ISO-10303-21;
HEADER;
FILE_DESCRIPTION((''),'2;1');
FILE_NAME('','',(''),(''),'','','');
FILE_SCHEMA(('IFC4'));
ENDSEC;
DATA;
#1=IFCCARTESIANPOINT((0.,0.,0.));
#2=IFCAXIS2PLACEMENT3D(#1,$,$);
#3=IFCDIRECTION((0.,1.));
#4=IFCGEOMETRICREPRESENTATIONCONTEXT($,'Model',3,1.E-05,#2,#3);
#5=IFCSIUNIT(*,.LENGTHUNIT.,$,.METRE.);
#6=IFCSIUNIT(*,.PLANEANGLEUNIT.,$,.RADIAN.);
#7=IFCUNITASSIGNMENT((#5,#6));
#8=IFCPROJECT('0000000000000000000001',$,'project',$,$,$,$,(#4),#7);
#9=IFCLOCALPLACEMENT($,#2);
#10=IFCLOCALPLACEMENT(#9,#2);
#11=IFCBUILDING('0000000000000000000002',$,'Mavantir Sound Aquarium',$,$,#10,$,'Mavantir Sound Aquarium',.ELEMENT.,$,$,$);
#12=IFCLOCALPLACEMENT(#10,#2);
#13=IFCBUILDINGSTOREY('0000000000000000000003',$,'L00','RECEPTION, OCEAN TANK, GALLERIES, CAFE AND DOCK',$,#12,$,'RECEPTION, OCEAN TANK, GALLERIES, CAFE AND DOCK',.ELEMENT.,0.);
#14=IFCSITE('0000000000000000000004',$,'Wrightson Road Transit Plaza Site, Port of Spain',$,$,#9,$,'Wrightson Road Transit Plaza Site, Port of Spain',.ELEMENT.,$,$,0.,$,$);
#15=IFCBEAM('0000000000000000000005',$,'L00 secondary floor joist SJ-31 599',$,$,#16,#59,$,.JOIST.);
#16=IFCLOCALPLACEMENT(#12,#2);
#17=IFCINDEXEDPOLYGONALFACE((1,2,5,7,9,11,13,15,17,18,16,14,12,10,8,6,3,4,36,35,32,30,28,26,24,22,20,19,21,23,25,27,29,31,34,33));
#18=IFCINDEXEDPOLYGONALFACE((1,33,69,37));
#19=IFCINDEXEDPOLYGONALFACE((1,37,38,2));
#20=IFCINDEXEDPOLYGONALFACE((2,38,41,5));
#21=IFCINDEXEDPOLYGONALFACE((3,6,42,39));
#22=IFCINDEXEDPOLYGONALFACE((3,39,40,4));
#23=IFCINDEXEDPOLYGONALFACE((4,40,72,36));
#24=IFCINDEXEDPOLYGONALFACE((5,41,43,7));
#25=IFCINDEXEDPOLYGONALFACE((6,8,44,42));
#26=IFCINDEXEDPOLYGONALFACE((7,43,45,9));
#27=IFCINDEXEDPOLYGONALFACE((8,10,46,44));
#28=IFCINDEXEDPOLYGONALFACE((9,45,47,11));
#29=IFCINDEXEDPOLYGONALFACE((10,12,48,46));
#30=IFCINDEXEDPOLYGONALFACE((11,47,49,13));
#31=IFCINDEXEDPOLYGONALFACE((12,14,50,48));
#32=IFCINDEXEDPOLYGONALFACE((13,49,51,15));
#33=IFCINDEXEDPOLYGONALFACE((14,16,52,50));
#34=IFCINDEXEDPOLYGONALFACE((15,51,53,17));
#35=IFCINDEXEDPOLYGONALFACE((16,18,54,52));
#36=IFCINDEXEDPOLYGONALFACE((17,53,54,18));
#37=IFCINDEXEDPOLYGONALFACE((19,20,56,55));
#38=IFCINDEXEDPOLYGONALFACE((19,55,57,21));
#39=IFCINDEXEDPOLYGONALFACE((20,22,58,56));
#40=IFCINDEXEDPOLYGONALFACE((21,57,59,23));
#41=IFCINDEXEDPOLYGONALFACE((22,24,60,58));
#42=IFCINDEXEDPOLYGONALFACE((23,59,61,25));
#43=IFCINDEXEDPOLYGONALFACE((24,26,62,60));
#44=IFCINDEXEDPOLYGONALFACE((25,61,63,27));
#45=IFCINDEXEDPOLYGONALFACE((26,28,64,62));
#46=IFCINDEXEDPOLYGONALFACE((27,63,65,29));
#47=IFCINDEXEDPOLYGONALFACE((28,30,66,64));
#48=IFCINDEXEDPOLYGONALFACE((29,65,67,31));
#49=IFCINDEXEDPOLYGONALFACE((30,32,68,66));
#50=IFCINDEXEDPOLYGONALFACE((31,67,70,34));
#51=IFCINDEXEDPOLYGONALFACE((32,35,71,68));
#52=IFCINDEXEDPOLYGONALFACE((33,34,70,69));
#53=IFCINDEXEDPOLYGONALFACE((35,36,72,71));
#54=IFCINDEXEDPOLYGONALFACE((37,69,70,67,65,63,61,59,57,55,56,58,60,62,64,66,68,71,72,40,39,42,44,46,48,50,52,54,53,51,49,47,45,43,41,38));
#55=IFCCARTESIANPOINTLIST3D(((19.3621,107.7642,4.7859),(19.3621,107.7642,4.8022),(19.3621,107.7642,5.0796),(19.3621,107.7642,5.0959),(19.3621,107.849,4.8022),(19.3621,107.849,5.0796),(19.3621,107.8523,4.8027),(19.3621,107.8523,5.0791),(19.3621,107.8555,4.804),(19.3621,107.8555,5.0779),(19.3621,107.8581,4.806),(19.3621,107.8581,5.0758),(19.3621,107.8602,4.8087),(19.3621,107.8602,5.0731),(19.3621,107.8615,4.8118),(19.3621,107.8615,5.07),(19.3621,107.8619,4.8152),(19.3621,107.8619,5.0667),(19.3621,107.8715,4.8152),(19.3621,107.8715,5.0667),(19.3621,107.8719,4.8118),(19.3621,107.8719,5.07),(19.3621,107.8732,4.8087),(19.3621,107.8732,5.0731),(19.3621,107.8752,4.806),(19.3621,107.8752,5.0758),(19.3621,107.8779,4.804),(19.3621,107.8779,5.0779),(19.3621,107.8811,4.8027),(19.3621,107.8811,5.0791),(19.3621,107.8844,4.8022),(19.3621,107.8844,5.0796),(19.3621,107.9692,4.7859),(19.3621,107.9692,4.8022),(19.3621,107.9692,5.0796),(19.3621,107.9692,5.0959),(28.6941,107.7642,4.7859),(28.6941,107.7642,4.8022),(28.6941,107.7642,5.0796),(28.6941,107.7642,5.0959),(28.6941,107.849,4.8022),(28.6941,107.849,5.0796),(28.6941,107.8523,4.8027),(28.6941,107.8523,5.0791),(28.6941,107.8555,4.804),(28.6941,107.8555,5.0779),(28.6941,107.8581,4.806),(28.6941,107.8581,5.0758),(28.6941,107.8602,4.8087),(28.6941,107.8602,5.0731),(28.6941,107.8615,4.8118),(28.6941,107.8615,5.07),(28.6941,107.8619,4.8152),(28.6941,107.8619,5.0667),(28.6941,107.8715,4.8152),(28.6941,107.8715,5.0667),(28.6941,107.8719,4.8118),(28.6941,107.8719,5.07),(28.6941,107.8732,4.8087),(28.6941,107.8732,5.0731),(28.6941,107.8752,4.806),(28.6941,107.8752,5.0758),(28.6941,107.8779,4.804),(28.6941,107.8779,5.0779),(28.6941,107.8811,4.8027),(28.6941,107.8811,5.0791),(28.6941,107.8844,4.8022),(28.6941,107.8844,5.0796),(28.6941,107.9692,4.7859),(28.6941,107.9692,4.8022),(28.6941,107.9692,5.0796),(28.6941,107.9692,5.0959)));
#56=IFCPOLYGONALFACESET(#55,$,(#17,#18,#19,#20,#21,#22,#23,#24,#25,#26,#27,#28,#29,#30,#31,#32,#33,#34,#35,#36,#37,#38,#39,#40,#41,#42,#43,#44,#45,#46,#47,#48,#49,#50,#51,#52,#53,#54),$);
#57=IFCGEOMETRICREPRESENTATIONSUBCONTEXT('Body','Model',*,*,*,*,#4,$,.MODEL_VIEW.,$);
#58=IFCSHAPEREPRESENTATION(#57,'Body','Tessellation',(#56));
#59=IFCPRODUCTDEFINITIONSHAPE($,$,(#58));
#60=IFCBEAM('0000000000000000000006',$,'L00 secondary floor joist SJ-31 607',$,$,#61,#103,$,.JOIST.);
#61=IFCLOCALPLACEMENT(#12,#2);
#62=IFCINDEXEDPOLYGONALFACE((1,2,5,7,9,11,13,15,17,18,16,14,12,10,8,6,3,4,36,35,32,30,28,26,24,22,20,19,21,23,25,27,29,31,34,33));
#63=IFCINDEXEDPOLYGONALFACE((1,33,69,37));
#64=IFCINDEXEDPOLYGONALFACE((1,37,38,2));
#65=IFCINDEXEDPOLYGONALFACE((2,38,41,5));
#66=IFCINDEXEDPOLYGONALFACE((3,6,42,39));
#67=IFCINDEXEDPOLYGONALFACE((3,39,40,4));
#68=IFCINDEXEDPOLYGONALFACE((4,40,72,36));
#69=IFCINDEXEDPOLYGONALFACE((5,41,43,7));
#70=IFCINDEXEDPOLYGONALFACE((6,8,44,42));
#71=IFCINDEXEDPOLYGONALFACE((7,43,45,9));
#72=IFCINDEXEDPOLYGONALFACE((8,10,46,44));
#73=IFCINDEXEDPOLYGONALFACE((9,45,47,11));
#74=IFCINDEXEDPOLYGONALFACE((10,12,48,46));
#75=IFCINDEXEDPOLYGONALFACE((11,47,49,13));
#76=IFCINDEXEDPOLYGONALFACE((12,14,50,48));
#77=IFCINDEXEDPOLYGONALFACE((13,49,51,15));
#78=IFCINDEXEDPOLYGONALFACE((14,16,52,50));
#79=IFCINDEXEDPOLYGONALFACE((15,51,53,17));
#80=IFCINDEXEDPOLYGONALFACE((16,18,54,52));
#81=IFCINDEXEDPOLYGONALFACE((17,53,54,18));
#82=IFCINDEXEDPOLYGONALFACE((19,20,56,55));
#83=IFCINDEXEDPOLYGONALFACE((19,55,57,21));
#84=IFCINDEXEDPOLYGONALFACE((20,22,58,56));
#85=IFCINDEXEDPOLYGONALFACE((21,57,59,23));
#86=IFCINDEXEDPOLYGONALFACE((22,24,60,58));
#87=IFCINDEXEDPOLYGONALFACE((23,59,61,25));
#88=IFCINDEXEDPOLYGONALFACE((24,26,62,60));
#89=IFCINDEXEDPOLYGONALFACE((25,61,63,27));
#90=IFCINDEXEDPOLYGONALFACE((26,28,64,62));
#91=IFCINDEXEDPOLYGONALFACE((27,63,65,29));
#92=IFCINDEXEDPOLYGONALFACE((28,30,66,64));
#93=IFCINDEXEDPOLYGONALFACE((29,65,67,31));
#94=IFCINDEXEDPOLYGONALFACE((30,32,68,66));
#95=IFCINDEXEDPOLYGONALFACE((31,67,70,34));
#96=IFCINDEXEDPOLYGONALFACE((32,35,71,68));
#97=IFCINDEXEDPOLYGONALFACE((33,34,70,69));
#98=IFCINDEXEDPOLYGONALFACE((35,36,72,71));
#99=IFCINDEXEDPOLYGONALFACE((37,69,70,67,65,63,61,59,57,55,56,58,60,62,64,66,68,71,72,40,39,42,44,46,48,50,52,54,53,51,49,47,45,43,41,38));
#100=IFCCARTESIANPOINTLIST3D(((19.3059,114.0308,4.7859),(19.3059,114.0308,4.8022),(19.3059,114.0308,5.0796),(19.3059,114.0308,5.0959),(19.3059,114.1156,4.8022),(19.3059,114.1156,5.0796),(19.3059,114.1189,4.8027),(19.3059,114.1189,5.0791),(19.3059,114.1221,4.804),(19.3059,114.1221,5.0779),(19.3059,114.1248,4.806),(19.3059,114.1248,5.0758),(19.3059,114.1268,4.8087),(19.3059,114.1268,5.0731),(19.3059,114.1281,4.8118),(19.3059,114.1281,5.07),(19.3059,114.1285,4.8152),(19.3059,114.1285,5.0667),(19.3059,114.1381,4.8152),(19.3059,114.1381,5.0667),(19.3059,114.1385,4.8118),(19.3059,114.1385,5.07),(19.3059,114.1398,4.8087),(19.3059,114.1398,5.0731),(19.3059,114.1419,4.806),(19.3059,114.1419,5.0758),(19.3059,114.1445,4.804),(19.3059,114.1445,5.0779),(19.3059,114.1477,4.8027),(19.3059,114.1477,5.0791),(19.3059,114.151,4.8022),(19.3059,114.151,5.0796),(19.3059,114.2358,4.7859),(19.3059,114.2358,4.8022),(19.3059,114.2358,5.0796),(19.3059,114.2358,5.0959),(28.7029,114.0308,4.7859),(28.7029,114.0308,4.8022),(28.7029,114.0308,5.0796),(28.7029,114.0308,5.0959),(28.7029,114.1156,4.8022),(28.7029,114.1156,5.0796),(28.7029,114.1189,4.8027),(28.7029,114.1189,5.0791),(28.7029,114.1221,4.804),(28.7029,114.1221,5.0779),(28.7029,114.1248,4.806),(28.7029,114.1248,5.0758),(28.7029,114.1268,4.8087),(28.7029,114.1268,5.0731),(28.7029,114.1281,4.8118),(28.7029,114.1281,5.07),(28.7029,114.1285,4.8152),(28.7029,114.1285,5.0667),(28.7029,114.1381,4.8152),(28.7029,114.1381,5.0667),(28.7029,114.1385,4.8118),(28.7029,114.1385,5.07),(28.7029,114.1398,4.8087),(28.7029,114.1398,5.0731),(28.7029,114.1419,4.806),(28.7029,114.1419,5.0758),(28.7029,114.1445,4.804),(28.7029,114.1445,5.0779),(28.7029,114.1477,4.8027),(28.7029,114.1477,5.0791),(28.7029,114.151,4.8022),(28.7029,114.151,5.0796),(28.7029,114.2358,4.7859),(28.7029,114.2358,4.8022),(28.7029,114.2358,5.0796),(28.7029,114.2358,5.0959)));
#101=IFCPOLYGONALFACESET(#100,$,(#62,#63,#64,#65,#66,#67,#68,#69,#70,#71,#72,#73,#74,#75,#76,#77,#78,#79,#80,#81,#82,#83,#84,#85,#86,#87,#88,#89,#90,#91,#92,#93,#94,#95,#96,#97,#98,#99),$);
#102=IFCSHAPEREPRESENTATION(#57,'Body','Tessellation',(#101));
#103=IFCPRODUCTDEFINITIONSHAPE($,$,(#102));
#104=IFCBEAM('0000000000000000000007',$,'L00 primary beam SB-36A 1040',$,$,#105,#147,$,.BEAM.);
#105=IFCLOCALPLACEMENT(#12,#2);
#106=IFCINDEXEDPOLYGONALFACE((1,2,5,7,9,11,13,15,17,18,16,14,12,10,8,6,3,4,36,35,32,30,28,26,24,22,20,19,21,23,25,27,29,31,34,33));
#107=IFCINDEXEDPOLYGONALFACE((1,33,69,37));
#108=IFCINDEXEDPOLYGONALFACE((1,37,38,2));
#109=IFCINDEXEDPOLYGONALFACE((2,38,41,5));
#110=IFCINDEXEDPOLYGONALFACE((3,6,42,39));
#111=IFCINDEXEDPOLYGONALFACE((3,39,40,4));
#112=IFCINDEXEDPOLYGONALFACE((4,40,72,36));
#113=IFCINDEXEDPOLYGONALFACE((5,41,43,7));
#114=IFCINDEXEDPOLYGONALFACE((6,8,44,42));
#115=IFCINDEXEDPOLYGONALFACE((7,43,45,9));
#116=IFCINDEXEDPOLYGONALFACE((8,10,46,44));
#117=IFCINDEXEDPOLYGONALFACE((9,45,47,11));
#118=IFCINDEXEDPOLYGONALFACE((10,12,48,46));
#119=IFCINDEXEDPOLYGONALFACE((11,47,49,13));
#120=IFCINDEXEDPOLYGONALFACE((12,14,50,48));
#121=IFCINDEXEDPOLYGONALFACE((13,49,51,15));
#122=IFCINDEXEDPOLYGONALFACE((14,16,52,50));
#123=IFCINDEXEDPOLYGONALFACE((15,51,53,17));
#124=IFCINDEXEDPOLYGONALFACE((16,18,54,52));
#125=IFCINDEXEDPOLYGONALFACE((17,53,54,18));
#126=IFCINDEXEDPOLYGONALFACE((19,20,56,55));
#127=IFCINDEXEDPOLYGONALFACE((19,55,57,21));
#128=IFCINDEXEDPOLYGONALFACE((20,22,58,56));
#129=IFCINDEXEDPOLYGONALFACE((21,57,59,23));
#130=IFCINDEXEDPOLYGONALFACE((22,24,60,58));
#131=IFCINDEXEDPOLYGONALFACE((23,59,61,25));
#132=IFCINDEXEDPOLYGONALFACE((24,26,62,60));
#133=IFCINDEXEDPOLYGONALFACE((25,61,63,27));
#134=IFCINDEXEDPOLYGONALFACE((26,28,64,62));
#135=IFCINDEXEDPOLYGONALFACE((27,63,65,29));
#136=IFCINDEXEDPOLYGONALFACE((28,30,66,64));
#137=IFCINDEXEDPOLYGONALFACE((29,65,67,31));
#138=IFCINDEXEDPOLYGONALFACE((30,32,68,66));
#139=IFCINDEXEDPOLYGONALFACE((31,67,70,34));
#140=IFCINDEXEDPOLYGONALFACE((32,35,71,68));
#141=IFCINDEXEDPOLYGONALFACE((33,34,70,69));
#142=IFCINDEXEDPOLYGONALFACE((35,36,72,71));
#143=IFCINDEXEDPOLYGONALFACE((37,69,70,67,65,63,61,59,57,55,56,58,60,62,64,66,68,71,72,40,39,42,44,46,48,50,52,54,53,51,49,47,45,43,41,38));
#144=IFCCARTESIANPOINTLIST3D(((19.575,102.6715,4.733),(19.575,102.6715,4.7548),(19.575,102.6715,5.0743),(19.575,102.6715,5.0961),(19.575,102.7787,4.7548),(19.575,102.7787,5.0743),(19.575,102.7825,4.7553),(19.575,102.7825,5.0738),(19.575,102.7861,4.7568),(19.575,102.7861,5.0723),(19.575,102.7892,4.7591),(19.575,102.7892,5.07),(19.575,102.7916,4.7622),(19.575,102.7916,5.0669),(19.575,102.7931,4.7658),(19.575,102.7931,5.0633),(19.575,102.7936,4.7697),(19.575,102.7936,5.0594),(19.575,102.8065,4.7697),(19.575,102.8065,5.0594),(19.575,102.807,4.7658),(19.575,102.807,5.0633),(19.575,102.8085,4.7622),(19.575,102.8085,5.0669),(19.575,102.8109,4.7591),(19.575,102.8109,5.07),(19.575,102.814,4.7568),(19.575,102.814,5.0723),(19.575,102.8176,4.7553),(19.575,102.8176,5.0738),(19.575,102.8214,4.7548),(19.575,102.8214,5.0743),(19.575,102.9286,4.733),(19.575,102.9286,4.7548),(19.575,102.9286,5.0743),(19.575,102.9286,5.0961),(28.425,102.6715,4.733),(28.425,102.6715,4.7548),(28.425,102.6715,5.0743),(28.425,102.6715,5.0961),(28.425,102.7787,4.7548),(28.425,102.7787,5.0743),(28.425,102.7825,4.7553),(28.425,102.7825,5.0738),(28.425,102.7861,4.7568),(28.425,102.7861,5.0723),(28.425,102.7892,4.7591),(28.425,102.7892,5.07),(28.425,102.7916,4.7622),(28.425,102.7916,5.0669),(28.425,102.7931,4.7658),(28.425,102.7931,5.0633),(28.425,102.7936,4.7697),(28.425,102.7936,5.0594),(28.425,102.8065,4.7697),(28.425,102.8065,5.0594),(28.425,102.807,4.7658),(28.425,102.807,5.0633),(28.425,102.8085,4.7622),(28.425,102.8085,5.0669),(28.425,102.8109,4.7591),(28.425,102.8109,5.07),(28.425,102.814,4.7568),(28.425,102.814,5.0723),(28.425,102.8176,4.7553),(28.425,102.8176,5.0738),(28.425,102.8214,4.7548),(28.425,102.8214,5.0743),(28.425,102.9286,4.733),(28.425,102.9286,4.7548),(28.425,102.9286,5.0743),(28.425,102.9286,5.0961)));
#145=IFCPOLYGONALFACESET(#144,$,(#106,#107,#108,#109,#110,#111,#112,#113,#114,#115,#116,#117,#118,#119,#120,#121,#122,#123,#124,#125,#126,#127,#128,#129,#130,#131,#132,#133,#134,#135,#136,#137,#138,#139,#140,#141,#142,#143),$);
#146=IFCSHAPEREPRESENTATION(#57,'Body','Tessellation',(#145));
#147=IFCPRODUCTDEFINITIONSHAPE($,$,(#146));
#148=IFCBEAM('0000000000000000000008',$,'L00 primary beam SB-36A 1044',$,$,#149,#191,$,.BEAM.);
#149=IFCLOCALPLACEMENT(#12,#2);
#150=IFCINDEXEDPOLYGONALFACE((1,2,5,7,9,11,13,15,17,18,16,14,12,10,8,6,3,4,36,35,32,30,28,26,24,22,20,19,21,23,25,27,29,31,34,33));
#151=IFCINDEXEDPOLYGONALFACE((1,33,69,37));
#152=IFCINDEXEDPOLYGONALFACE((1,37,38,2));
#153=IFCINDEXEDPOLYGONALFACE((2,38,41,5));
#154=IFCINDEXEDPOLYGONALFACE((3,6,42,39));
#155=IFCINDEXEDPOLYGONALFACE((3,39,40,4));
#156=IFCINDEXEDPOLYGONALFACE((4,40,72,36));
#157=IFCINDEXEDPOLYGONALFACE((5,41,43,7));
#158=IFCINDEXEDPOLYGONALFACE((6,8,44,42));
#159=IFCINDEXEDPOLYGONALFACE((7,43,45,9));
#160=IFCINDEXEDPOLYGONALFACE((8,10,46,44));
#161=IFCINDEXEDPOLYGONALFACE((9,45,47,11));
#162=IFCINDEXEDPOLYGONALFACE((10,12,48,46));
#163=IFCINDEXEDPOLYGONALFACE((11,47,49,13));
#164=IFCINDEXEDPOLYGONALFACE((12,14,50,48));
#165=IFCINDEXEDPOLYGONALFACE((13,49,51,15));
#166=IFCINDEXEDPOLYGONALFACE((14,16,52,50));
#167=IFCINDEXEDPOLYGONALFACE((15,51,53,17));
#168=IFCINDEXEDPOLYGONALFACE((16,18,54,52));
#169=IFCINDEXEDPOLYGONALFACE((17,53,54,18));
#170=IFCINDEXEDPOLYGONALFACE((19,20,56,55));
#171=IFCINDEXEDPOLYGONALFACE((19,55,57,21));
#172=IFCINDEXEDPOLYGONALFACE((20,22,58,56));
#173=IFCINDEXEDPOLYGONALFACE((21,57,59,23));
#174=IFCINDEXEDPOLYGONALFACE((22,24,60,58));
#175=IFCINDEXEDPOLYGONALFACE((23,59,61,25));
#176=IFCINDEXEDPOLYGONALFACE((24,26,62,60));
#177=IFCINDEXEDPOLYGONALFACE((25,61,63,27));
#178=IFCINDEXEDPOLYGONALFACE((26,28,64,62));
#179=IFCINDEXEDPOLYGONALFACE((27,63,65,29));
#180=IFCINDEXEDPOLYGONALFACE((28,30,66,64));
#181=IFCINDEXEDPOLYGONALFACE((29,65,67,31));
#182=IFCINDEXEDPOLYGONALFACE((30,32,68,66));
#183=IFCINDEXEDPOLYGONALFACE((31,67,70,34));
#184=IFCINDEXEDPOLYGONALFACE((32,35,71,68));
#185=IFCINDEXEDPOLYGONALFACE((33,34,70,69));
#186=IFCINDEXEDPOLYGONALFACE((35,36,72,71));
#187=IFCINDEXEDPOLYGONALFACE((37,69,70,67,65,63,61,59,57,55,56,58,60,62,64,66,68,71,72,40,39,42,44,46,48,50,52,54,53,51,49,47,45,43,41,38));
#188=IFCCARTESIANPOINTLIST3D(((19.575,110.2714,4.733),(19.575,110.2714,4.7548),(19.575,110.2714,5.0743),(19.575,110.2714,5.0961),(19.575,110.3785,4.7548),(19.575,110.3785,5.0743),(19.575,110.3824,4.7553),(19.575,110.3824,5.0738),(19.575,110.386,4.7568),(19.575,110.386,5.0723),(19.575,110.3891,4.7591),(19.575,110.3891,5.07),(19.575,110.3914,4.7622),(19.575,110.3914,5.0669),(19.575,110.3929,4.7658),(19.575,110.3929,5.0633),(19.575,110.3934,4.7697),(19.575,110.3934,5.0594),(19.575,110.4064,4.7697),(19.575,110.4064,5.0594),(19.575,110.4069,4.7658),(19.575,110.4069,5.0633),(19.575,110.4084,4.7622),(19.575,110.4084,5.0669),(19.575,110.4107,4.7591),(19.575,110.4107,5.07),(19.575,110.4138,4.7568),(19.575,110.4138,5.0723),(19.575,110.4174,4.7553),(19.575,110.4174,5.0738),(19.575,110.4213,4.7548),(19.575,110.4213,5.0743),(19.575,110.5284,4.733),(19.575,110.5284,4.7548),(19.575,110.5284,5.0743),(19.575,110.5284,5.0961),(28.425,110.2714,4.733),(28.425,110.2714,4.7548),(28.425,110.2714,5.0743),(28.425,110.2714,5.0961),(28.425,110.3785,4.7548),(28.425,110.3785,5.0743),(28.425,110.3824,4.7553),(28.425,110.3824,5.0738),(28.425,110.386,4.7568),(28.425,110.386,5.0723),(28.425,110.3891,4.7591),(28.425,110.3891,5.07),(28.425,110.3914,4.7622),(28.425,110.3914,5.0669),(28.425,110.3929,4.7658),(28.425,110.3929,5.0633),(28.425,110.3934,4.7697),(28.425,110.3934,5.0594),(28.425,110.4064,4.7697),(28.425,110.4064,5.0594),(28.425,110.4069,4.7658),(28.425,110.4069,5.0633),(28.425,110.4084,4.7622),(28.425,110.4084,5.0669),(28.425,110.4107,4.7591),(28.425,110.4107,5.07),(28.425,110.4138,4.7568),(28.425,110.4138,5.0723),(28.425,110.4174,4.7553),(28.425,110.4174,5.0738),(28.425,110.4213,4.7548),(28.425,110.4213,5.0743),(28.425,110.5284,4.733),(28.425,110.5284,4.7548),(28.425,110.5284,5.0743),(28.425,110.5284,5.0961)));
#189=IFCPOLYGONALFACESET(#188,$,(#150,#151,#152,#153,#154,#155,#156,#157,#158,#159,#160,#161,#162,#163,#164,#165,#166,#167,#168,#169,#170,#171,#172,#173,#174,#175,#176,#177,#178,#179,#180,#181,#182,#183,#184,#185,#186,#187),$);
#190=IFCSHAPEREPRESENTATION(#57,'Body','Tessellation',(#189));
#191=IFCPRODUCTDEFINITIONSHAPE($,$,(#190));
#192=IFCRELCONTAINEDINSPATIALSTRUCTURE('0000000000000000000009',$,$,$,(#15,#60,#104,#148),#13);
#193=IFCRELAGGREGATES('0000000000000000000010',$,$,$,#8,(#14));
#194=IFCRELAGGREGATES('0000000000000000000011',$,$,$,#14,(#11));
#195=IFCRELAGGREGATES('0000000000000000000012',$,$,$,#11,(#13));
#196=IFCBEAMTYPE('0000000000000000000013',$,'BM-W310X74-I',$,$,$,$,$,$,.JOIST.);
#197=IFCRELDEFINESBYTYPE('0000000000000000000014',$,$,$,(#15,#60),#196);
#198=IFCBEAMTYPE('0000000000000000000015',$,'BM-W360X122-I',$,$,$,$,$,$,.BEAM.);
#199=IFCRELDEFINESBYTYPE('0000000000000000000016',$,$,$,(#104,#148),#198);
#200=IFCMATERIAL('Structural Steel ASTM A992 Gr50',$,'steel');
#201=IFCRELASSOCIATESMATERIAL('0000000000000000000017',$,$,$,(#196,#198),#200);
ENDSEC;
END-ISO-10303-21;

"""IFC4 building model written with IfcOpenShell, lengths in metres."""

from ifc_helpers import new_model, si_unit, direction, frame, origin, origin_2d, place, context, subcontext, project, spatial, i_section, extrude, material, material_profile, profile_set, type_object, element, save


model = new_model("IFC4")

# Units and contexts
model_context = context("Model", 3, precision=1e-05, world=origin(), true_north=direction((0.0, 1.0)))
body_context = subcontext(model_context, "Body", "Model", "MODEL_VIEW")
ifc_project = project(units=[si_unit("LENGTHUNIT", "METRE"), si_unit("PLANEANGLEUNIT", "RADIAN")], contexts=[model_context])

# Site, building, storey
site_placement = place(None, origin())
site = spatial("IfcSite", under=ifc_project, at=site_placement, Name="Wrightson Road Transit Plaza Site, Port of Spain", LongName="Wrightson Road Transit Plaza Site, Port of Spain", CompositionType="ELEMENT", RefElevation=0.0)
building_placement = place(site_placement, origin())
building = spatial("IfcBuilding", under=site, at=building_placement, Name="Mavantir Sound Aquarium", LongName="Mavantir Sound Aquarium", CompositionType="ELEMENT")
storey_placement = place(building_placement, origin())
storey = spatial("IfcBuildingStorey", under=building, at=storey_placement, Name="L00", Description="RECEPTION, OCEAN TANK, GALLERIES, CAFE AND DOCK", LongName="RECEPTION, OCEAN TANK, GALLERIES, CAFE AND DOCK", CompositionType="ELEMENT", Elevation=0.0)

# Beams
ifc_material_1 = material(Name="Structural Steel ASTM A992 Gr50", Category="steel")
ifc_material_profile_1 = material_profile(ifc_material_1, i_section(OverallWidth=0.2051, OverallDepth=0.3101, WebThickness=0.0095, FlangeThickness=0.0164, FilletRadius=0.0129, at=origin_2d()), Name="W310X74")
ifc_profile_set_1 = profile_set([ifc_material_profile_1], Name="Structural Steel ASTM A992 Gr50")
beam_type_1 = type_object("IfcBeamType", Name="BM-W310X74-I", PredefinedType="JOIST", material=ifc_profile_set_1)
beam_1_placement = place(storey_placement, frame((19.3621, 107.8667, 4.9409), z_axis=(1.0, 0.0, 0.0), x_axis=(0.0, 1.0, 0.0)))
element("IfcBeam", 1, at=beam_1_placement, inside=storey, type_object=beam_type_1, Name="L00 secondary floor joist SJ-31 599", PredefinedType="JOIST", context=body_context, shape_type="SweptSolid", body=[
    extrude(i_section(OverallWidth=0.2051, OverallDepth=0.3101, WebThickness=0.0095, FlangeThickness=0.0164, FilletRadius=0.0129, at=origin_2d()), origin(), (0.0, 0.0, 1.0), 9.332),
])
beam_2_placement = place(storey_placement, frame((19.3059, 114.1333, 4.9409), z_axis=(1.0, 0.0, 0.0), x_axis=(0.0, 1.0, 0.0)))
element("IfcBeam", 2, at=beam_2_placement, inside=storey, type_object=beam_type_1, Name="L00 secondary floor joist SJ-31 607", PredefinedType="JOIST", context=body_context, shape_type="SweptSolid", body=[
    extrude(i_section(OverallWidth=0.2051, OverallDepth=0.3101, WebThickness=0.0095, FlangeThickness=0.0164, FilletRadius=0.0129, at=origin_2d()), origin(), (0.0, 0.0, 1.0), 9.397),
])
ifc_material_profile_2 = material_profile(ifc_material_1, i_section(OverallWidth=0.2571, OverallDepth=0.363, WebThickness=0.0129, FlangeThickness=0.0217, FilletRadius=0.0149, at=origin_2d()), Name="W360X122")
ifc_profile_set_2 = profile_set([ifc_material_profile_2], Name="Structural Steel ASTM A992 Gr50")
beam_type_2 = type_object("IfcBeamType", Name="BM-W360X122-I", PredefinedType="BEAM", material=ifc_profile_set_2)
for number, where, z_axis, x_axis, name in (
    (3, (19.575, 102.8, 4.9146), (1.0, 0.0, 0.0), (0.0, 1.0, 0.0), "L00 primary beam SB-36A 1040"),
    (4, (19.575, 110.3999, 4.9146), (1.0, 0.0, 0.0), (0.0, 1.0, 0.0), "L00 primary beam SB-36A 1044"),
):
    element("IfcBeam", number, at=place(storey_placement, frame(where, z_axis=z_axis, x_axis=x_axis)), inside=storey, type_object=beam_type_2, Name=name, PredefinedType="BEAM", context=body_context, shape_type="SweptSolid", body=[
        extrude(i_section(OverallWidth=0.2571, OverallDepth=0.363, WebThickness=0.0129, FlangeThickness=0.0217, FilletRadius=0.0149, at=origin_2d()), origin(), (0.0, 0.0, 1.0), 8.8501),
    ])

save(model, "model.ifc")
